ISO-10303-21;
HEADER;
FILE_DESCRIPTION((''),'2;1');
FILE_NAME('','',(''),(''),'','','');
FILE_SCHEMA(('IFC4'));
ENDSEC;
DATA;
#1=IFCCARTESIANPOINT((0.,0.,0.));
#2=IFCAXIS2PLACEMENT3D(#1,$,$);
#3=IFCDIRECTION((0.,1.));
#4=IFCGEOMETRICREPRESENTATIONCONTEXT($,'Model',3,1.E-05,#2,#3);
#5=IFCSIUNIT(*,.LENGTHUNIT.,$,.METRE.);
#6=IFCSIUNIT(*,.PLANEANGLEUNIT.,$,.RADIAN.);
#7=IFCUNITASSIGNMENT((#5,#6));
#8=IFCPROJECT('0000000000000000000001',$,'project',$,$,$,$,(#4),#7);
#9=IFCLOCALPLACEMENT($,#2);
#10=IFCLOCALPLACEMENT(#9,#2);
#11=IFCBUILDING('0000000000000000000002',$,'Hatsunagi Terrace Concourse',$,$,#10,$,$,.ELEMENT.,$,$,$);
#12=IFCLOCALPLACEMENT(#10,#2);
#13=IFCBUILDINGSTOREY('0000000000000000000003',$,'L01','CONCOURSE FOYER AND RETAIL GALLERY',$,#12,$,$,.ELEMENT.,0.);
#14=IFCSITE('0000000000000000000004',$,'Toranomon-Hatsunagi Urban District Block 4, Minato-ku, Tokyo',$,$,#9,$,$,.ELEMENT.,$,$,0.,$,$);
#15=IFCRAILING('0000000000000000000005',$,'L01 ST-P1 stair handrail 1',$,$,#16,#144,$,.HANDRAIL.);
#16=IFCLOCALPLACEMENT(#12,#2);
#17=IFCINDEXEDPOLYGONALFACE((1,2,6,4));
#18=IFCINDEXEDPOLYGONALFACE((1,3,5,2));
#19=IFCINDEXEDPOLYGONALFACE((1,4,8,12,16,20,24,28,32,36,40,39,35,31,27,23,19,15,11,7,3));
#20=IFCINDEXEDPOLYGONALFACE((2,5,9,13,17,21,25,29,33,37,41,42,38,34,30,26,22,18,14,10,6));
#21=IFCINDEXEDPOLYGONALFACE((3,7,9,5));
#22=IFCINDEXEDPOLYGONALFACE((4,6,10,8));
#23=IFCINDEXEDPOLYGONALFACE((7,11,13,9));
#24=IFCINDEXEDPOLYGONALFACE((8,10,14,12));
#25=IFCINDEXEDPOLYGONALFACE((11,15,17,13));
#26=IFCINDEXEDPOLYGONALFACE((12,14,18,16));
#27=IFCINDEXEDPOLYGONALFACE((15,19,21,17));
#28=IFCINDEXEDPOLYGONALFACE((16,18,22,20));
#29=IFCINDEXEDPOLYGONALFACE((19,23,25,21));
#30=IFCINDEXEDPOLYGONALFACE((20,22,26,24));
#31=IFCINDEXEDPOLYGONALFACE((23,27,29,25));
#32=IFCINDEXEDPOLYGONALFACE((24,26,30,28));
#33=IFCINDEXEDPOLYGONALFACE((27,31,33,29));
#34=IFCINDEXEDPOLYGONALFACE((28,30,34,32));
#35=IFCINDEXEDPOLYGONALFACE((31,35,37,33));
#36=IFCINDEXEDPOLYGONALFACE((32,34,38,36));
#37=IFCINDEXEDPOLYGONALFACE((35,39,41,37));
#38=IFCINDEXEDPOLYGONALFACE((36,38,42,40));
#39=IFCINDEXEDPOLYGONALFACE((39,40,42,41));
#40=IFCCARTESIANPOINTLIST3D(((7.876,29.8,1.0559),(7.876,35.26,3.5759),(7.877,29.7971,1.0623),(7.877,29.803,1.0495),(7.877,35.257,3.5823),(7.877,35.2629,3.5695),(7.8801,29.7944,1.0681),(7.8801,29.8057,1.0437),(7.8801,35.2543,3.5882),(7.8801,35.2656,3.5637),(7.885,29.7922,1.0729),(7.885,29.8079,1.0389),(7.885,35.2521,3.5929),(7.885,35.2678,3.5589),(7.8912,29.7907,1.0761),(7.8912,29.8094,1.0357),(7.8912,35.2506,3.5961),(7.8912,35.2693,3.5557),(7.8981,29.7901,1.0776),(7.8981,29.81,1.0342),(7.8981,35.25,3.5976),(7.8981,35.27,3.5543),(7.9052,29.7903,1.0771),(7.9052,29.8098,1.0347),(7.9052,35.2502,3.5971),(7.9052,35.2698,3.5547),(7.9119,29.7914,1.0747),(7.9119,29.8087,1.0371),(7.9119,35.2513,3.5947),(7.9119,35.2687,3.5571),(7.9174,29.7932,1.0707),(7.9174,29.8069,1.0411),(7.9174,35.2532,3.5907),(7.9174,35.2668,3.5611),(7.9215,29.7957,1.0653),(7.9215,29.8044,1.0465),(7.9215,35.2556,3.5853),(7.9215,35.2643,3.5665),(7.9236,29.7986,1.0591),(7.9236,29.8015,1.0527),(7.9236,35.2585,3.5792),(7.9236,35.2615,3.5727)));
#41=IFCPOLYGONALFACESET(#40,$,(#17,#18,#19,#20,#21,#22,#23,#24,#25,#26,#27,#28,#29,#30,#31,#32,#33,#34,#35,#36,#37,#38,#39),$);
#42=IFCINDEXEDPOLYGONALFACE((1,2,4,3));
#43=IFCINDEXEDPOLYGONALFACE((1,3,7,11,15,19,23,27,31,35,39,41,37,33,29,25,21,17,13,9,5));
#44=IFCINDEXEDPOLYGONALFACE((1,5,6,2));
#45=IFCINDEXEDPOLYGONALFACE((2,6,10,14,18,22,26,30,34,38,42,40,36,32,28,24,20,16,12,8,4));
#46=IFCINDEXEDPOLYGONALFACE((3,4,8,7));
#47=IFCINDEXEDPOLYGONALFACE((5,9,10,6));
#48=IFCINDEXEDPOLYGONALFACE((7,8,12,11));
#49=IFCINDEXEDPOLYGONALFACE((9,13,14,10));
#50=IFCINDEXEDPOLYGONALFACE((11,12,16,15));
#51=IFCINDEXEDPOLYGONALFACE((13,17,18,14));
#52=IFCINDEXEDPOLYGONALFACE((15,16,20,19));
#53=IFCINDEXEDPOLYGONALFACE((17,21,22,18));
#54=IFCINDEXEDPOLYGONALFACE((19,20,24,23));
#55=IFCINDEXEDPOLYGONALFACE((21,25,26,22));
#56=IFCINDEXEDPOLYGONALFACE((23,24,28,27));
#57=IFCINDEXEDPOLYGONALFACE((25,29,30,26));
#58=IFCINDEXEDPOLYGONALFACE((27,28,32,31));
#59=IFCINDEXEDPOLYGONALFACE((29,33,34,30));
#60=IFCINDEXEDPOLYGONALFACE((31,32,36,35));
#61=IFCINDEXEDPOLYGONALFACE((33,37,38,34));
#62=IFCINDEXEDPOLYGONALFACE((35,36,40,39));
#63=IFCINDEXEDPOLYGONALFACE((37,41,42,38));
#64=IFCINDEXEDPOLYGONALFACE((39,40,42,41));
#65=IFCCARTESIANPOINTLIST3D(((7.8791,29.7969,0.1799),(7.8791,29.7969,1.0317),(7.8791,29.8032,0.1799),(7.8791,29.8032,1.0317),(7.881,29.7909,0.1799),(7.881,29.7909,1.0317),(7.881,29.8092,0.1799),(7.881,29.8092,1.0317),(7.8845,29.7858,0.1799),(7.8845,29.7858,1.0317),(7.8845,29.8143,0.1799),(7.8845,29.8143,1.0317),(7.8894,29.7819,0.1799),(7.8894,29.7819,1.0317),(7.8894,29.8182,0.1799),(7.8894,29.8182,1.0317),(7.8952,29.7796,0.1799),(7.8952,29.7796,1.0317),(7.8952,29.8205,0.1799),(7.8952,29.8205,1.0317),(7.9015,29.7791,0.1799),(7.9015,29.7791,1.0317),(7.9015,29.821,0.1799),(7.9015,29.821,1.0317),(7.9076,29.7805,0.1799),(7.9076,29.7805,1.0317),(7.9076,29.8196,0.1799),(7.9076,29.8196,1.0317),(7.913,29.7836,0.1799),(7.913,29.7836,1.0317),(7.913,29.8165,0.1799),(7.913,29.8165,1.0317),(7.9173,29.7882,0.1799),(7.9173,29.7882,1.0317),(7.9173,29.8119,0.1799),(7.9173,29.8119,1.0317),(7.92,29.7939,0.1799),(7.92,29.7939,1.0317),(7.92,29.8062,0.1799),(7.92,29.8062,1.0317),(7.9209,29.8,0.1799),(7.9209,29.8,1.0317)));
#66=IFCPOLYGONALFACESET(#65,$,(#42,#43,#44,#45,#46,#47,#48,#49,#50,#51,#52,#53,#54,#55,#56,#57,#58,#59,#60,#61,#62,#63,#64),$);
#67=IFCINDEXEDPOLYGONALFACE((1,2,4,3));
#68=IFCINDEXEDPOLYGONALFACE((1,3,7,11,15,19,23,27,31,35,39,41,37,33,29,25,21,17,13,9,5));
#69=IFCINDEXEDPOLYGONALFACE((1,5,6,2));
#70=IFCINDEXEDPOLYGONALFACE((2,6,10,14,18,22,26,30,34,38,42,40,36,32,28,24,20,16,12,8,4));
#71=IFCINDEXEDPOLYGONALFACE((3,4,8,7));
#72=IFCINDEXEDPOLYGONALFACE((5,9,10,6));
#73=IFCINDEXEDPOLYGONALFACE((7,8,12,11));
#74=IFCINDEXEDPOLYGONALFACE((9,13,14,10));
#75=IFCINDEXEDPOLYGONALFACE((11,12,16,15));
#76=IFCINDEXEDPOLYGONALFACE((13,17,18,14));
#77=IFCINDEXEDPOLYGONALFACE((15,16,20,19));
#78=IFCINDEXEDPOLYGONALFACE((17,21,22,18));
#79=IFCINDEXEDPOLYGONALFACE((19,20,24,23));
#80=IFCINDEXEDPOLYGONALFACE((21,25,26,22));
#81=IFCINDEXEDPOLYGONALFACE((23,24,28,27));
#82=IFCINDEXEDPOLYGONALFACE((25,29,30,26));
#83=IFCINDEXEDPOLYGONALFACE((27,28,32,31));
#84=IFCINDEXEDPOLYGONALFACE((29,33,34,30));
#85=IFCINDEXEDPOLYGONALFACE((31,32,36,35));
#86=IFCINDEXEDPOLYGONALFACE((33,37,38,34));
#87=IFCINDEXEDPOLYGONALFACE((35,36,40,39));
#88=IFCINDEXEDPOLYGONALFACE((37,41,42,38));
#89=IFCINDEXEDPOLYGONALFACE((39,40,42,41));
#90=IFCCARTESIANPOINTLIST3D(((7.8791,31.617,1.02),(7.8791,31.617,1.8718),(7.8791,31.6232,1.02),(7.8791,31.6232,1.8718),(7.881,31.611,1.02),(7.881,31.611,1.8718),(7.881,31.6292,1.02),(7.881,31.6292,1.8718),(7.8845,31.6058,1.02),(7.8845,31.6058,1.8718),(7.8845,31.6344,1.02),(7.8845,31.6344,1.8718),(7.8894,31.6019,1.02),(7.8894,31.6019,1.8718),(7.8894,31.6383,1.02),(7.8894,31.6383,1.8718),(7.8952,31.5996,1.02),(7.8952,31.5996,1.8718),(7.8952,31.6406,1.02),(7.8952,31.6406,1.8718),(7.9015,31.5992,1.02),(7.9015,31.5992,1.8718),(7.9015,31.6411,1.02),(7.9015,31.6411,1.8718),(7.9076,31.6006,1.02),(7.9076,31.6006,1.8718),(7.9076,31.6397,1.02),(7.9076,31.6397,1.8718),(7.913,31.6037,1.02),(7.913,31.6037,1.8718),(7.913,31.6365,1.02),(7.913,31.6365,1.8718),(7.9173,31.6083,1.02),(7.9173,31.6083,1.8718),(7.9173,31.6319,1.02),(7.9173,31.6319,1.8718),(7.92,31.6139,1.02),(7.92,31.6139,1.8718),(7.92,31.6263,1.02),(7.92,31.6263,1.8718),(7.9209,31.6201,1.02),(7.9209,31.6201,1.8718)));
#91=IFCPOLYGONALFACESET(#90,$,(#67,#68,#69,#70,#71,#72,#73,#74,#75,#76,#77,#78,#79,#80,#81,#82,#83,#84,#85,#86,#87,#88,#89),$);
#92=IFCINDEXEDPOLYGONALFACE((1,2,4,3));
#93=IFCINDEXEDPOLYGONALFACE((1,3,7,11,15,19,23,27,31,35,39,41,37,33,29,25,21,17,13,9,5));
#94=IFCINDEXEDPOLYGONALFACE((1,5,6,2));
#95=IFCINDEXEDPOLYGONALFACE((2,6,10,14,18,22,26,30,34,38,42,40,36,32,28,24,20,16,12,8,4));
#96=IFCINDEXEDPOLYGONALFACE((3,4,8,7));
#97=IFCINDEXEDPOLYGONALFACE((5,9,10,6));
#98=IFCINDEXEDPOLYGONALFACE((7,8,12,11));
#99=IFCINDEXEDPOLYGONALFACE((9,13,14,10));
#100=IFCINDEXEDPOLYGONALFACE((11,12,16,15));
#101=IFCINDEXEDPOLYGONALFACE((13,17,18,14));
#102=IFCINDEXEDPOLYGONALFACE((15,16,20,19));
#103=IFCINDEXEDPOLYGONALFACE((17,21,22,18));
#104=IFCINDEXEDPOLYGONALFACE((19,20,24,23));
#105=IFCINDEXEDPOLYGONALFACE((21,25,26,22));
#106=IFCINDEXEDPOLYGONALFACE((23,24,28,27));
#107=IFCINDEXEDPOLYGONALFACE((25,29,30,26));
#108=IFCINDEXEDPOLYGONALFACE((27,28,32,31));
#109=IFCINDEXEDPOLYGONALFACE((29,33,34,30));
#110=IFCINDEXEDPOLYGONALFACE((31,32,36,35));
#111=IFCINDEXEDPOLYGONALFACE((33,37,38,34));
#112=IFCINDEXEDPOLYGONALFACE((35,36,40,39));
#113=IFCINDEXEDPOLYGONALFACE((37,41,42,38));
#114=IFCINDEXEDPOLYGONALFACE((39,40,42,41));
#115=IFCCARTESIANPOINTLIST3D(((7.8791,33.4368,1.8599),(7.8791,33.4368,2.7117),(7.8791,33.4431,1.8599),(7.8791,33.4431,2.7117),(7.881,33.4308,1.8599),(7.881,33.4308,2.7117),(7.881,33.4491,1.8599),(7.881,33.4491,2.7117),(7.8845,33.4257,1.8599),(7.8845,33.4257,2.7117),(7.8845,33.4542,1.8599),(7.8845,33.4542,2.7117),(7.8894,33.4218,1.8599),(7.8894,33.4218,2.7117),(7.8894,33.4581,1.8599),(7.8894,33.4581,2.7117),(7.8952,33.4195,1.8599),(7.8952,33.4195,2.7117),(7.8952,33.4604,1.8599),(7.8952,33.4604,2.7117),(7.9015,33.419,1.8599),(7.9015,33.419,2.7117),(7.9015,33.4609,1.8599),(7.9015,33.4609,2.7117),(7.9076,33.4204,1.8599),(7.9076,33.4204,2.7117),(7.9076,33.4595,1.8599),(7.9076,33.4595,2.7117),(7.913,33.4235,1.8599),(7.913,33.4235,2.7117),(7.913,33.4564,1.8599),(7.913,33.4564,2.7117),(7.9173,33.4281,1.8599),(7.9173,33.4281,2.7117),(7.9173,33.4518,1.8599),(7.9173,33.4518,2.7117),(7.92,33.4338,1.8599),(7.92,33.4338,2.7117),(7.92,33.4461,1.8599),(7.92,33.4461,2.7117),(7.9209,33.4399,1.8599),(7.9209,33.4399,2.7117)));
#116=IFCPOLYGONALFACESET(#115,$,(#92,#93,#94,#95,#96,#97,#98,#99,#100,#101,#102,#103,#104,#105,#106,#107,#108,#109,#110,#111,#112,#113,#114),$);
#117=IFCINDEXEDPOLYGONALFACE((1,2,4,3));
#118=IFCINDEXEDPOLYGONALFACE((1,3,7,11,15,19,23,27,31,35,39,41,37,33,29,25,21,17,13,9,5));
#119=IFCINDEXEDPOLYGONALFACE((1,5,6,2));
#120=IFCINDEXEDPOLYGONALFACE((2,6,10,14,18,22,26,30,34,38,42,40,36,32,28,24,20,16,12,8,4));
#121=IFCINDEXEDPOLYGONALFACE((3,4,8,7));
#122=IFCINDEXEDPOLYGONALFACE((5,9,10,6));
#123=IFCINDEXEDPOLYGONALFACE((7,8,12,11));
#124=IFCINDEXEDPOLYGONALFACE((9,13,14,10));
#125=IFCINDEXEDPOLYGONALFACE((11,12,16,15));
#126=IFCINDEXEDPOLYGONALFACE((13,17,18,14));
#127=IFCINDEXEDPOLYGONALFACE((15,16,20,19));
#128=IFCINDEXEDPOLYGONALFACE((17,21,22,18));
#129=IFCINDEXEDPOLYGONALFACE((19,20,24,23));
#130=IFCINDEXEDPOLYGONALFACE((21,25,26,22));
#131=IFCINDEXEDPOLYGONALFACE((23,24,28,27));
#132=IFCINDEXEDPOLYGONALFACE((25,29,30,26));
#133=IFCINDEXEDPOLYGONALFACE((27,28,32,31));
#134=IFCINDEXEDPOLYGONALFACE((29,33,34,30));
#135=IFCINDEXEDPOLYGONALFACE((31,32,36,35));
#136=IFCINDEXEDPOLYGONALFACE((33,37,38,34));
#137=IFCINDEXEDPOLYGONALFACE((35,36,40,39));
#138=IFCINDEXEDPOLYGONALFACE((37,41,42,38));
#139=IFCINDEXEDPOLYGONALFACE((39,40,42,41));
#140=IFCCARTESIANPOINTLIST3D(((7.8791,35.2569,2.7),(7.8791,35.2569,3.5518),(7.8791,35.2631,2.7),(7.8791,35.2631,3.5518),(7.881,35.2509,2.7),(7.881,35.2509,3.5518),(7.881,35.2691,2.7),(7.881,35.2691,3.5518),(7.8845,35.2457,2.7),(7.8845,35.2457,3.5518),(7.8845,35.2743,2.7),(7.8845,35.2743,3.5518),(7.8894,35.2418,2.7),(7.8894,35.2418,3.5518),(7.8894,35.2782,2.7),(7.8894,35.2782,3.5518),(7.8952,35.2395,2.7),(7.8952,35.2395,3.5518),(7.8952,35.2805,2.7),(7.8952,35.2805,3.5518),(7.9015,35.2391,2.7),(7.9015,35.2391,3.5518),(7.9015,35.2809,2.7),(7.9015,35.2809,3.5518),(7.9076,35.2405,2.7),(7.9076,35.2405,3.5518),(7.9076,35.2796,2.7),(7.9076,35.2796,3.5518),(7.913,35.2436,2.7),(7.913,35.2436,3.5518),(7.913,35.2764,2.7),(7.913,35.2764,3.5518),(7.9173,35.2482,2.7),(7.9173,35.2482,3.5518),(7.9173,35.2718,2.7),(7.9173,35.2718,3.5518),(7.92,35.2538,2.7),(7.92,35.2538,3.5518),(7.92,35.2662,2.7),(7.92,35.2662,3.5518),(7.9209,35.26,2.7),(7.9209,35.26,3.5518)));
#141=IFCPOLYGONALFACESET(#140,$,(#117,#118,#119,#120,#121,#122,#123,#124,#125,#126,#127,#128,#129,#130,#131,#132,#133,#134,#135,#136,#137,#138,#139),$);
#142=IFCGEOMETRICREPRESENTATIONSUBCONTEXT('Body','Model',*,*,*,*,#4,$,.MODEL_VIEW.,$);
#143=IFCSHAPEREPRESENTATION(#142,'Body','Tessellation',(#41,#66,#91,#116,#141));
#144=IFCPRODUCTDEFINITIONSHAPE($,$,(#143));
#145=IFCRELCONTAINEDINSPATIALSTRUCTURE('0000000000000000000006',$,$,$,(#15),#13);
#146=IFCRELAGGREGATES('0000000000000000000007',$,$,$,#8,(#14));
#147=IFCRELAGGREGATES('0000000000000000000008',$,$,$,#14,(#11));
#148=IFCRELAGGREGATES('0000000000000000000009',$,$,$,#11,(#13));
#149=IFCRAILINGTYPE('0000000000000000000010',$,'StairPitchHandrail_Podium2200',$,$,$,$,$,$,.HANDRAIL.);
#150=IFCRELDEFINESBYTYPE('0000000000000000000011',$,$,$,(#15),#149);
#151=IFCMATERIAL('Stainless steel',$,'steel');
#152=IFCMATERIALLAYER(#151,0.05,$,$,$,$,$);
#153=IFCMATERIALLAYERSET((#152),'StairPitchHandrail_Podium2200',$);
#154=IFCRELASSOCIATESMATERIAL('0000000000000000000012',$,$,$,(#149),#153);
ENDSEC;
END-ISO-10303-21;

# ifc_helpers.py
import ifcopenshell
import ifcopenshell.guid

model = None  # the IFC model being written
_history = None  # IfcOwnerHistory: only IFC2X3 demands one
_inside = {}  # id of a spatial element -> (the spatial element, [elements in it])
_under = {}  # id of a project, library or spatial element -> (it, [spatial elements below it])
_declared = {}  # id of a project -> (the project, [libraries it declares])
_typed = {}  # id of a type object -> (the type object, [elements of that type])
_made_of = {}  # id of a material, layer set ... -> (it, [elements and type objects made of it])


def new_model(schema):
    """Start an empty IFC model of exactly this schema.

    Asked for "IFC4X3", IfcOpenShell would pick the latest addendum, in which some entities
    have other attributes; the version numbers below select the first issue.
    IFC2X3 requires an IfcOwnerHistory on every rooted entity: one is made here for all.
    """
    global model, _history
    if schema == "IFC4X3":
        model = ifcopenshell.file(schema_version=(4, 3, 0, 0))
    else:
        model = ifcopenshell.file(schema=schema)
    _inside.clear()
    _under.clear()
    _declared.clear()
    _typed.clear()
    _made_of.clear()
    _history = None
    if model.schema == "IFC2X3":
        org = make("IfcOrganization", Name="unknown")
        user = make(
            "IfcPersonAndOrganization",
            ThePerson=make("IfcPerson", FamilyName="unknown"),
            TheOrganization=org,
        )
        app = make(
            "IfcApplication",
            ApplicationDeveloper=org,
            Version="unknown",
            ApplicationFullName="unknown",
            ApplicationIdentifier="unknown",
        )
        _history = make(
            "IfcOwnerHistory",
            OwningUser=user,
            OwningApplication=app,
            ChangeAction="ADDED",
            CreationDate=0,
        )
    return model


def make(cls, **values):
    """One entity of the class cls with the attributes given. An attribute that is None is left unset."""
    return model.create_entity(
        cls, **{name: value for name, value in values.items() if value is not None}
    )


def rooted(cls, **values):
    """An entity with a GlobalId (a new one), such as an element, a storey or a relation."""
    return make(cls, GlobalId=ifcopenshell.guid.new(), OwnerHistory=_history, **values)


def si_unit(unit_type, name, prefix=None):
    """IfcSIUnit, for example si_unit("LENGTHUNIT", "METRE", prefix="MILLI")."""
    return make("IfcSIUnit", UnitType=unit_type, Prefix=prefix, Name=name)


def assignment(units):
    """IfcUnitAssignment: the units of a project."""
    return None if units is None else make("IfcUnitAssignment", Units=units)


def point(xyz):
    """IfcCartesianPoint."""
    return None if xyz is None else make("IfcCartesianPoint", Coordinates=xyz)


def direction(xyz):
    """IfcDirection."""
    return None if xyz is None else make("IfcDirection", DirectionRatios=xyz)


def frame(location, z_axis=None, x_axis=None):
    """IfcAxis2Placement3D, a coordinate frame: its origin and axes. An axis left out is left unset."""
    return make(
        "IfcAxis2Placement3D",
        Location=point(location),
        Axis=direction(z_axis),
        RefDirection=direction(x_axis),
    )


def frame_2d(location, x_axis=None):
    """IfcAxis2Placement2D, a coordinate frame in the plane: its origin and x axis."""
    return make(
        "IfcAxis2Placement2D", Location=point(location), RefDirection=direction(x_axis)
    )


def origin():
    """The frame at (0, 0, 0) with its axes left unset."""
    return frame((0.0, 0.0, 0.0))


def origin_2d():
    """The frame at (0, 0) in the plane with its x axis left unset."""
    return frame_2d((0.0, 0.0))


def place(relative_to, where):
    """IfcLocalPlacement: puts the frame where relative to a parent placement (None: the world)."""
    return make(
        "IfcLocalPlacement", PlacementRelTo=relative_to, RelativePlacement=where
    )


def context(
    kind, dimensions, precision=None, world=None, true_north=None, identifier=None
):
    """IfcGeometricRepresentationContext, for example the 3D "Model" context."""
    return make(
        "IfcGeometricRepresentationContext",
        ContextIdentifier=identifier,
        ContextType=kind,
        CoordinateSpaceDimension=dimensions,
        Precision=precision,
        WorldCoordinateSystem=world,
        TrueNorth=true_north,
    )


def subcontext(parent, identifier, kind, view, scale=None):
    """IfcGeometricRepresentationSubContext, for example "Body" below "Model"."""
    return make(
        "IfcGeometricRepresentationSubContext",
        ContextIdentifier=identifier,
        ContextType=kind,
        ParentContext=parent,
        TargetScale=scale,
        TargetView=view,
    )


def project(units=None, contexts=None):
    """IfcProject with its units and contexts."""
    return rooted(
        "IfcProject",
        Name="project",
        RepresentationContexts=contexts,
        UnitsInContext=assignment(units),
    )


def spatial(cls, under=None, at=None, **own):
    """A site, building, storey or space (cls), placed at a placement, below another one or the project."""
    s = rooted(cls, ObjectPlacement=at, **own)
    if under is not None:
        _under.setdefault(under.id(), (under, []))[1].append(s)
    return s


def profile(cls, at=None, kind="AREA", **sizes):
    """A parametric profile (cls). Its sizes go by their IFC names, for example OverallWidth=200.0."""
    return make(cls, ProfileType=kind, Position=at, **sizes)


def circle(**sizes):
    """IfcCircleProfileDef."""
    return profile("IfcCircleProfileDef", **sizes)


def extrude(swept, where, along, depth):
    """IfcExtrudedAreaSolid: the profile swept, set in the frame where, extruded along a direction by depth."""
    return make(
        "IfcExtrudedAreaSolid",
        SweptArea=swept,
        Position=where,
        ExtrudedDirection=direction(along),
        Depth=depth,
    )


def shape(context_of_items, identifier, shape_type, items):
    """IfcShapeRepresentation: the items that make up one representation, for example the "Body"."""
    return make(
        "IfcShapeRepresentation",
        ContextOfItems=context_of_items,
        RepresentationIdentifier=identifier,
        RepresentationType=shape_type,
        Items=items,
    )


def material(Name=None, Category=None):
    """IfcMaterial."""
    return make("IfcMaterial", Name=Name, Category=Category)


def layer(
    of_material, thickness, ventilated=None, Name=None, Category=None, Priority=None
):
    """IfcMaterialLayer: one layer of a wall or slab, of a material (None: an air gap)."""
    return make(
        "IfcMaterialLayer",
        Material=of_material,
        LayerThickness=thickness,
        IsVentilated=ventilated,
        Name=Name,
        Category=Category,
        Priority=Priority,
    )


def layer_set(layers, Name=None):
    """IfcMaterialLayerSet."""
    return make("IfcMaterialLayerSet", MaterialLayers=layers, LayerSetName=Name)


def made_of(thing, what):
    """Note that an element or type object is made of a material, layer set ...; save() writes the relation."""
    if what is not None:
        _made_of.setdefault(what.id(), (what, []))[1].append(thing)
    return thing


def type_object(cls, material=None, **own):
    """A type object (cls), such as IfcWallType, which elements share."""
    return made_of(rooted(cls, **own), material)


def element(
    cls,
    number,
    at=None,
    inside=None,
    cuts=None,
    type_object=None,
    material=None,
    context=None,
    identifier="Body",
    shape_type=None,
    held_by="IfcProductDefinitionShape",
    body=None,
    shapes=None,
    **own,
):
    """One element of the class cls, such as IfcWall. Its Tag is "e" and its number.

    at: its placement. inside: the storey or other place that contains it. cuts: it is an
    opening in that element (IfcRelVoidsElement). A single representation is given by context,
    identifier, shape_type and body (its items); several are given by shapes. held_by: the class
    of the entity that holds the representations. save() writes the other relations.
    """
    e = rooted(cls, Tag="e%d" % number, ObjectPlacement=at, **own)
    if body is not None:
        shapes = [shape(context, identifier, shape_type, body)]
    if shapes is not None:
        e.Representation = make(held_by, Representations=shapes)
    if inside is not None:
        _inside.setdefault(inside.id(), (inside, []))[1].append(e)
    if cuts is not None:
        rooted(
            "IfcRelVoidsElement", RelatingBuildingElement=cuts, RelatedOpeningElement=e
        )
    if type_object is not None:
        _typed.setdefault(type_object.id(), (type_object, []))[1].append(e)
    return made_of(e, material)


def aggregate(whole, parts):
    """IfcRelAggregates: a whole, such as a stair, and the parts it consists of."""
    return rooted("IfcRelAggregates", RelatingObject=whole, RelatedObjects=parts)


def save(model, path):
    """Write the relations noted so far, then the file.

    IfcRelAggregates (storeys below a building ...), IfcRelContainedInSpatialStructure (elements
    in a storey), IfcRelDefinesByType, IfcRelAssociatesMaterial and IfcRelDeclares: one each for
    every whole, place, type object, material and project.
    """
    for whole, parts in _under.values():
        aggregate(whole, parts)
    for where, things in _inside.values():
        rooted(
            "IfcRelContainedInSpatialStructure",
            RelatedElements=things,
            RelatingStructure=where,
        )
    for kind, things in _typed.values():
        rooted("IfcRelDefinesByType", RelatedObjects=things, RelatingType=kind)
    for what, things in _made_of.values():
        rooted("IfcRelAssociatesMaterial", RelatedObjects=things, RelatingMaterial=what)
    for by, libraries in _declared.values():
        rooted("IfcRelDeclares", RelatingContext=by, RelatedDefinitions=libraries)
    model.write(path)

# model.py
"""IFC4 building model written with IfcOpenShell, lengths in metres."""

from ifc_helpers import new_model, si_unit, direction, frame, origin, origin_2d, place, context, subcontext, project, spatial, circle, extrude, material, layer, layer_set, type_object, element, save


model = new_model("IFC4")

# Units and contexts
model_context = context("Model", 3, precision=1e-05, world=origin(), true_north=direction((0.0, 1.0)))
body_context = subcontext(model_context, "Body", "Model", "MODEL_VIEW")
ifc_project = project(units=[si_unit("LENGTHUNIT", "METRE"), si_unit("PLANEANGLEUNIT", "RADIAN")], contexts=[model_context])

# Site, building, storey
site_placement = place(None, origin())
site = spatial("IfcSite", under=ifc_project, at=site_placement, Name="Toranomon-Hatsunagi Urban District Block 4, Minato-ku, Tokyo", CompositionType="ELEMENT", RefElevation=0.0)
building_placement = place(site_placement, origin())
building = spatial("IfcBuilding", under=site, at=building_placement, Name="Hatsunagi Terrace Concourse", CompositionType="ELEMENT")
storey_placement = place(building_placement, origin())
storey = spatial("IfcBuildingStorey", under=building, at=storey_placement, Name="L01", Description="CONCOURSE FOYER AND RETAIL GALLERY", CompositionType="ELEMENT", Elevation=0.0)

# Railing
ifc_material_1 = material(Name="Stainless steel", Category="steel")
ifc_layer_1 = layer(ifc_material_1, 0.05)
ifc_layer_set_1 = layer_set([ifc_layer_1], Name="StairPitchHandrail_Podium2200")
railing_type_1 = type_object("IfcRailingType", Name="StairPitchHandrail_Podium2200", PredefinedType="HANDRAIL", material=ifc_layer_set_1)
railing_1_placement = place(storey_placement, frame((7.8999, 29.8, 0.1799)))
element("IfcRailing", 1, at=railing_1_placement, inside=storey, type_object=railing_type_1, Name="L01 ST-P1 stair handrail 1", PredefinedType="HANDRAIL", context=body_context, shape_type="SweptSolid", body=[
    extrude(circle(Radius=0.0239, at=origin_2d()), frame((0.0, 0.0, 0.876), z_axis=(0.0, 0.907957, 0.419063), x_axis=(-1.0, 0.0, 0.0)), (0.0, 0.0, 1.0), 6.0134),
    extrude(circle(Radius=0.021, at=origin_2d()), origin(), (0.0, 0.0, 1.0), 0.8518),
    extrude(circle(Radius=0.021, at=origin_2d()), frame((0.0, 1.8201, 0.8401)), (0.0, 0.0, 1.0), 0.8518),
    extrude(circle(Radius=0.021, at=origin_2d()), frame((0.0, 3.6399, 1.6799)), (0.0, 0.0, 1.0), 0.8518),
    extrude(circle(Radius=0.021, at=origin_2d()), frame((0.0, 5.46, 2.52)), (0.0, 0.0, 1.0), 0.8518),
])

save(model, "model.ifc")
